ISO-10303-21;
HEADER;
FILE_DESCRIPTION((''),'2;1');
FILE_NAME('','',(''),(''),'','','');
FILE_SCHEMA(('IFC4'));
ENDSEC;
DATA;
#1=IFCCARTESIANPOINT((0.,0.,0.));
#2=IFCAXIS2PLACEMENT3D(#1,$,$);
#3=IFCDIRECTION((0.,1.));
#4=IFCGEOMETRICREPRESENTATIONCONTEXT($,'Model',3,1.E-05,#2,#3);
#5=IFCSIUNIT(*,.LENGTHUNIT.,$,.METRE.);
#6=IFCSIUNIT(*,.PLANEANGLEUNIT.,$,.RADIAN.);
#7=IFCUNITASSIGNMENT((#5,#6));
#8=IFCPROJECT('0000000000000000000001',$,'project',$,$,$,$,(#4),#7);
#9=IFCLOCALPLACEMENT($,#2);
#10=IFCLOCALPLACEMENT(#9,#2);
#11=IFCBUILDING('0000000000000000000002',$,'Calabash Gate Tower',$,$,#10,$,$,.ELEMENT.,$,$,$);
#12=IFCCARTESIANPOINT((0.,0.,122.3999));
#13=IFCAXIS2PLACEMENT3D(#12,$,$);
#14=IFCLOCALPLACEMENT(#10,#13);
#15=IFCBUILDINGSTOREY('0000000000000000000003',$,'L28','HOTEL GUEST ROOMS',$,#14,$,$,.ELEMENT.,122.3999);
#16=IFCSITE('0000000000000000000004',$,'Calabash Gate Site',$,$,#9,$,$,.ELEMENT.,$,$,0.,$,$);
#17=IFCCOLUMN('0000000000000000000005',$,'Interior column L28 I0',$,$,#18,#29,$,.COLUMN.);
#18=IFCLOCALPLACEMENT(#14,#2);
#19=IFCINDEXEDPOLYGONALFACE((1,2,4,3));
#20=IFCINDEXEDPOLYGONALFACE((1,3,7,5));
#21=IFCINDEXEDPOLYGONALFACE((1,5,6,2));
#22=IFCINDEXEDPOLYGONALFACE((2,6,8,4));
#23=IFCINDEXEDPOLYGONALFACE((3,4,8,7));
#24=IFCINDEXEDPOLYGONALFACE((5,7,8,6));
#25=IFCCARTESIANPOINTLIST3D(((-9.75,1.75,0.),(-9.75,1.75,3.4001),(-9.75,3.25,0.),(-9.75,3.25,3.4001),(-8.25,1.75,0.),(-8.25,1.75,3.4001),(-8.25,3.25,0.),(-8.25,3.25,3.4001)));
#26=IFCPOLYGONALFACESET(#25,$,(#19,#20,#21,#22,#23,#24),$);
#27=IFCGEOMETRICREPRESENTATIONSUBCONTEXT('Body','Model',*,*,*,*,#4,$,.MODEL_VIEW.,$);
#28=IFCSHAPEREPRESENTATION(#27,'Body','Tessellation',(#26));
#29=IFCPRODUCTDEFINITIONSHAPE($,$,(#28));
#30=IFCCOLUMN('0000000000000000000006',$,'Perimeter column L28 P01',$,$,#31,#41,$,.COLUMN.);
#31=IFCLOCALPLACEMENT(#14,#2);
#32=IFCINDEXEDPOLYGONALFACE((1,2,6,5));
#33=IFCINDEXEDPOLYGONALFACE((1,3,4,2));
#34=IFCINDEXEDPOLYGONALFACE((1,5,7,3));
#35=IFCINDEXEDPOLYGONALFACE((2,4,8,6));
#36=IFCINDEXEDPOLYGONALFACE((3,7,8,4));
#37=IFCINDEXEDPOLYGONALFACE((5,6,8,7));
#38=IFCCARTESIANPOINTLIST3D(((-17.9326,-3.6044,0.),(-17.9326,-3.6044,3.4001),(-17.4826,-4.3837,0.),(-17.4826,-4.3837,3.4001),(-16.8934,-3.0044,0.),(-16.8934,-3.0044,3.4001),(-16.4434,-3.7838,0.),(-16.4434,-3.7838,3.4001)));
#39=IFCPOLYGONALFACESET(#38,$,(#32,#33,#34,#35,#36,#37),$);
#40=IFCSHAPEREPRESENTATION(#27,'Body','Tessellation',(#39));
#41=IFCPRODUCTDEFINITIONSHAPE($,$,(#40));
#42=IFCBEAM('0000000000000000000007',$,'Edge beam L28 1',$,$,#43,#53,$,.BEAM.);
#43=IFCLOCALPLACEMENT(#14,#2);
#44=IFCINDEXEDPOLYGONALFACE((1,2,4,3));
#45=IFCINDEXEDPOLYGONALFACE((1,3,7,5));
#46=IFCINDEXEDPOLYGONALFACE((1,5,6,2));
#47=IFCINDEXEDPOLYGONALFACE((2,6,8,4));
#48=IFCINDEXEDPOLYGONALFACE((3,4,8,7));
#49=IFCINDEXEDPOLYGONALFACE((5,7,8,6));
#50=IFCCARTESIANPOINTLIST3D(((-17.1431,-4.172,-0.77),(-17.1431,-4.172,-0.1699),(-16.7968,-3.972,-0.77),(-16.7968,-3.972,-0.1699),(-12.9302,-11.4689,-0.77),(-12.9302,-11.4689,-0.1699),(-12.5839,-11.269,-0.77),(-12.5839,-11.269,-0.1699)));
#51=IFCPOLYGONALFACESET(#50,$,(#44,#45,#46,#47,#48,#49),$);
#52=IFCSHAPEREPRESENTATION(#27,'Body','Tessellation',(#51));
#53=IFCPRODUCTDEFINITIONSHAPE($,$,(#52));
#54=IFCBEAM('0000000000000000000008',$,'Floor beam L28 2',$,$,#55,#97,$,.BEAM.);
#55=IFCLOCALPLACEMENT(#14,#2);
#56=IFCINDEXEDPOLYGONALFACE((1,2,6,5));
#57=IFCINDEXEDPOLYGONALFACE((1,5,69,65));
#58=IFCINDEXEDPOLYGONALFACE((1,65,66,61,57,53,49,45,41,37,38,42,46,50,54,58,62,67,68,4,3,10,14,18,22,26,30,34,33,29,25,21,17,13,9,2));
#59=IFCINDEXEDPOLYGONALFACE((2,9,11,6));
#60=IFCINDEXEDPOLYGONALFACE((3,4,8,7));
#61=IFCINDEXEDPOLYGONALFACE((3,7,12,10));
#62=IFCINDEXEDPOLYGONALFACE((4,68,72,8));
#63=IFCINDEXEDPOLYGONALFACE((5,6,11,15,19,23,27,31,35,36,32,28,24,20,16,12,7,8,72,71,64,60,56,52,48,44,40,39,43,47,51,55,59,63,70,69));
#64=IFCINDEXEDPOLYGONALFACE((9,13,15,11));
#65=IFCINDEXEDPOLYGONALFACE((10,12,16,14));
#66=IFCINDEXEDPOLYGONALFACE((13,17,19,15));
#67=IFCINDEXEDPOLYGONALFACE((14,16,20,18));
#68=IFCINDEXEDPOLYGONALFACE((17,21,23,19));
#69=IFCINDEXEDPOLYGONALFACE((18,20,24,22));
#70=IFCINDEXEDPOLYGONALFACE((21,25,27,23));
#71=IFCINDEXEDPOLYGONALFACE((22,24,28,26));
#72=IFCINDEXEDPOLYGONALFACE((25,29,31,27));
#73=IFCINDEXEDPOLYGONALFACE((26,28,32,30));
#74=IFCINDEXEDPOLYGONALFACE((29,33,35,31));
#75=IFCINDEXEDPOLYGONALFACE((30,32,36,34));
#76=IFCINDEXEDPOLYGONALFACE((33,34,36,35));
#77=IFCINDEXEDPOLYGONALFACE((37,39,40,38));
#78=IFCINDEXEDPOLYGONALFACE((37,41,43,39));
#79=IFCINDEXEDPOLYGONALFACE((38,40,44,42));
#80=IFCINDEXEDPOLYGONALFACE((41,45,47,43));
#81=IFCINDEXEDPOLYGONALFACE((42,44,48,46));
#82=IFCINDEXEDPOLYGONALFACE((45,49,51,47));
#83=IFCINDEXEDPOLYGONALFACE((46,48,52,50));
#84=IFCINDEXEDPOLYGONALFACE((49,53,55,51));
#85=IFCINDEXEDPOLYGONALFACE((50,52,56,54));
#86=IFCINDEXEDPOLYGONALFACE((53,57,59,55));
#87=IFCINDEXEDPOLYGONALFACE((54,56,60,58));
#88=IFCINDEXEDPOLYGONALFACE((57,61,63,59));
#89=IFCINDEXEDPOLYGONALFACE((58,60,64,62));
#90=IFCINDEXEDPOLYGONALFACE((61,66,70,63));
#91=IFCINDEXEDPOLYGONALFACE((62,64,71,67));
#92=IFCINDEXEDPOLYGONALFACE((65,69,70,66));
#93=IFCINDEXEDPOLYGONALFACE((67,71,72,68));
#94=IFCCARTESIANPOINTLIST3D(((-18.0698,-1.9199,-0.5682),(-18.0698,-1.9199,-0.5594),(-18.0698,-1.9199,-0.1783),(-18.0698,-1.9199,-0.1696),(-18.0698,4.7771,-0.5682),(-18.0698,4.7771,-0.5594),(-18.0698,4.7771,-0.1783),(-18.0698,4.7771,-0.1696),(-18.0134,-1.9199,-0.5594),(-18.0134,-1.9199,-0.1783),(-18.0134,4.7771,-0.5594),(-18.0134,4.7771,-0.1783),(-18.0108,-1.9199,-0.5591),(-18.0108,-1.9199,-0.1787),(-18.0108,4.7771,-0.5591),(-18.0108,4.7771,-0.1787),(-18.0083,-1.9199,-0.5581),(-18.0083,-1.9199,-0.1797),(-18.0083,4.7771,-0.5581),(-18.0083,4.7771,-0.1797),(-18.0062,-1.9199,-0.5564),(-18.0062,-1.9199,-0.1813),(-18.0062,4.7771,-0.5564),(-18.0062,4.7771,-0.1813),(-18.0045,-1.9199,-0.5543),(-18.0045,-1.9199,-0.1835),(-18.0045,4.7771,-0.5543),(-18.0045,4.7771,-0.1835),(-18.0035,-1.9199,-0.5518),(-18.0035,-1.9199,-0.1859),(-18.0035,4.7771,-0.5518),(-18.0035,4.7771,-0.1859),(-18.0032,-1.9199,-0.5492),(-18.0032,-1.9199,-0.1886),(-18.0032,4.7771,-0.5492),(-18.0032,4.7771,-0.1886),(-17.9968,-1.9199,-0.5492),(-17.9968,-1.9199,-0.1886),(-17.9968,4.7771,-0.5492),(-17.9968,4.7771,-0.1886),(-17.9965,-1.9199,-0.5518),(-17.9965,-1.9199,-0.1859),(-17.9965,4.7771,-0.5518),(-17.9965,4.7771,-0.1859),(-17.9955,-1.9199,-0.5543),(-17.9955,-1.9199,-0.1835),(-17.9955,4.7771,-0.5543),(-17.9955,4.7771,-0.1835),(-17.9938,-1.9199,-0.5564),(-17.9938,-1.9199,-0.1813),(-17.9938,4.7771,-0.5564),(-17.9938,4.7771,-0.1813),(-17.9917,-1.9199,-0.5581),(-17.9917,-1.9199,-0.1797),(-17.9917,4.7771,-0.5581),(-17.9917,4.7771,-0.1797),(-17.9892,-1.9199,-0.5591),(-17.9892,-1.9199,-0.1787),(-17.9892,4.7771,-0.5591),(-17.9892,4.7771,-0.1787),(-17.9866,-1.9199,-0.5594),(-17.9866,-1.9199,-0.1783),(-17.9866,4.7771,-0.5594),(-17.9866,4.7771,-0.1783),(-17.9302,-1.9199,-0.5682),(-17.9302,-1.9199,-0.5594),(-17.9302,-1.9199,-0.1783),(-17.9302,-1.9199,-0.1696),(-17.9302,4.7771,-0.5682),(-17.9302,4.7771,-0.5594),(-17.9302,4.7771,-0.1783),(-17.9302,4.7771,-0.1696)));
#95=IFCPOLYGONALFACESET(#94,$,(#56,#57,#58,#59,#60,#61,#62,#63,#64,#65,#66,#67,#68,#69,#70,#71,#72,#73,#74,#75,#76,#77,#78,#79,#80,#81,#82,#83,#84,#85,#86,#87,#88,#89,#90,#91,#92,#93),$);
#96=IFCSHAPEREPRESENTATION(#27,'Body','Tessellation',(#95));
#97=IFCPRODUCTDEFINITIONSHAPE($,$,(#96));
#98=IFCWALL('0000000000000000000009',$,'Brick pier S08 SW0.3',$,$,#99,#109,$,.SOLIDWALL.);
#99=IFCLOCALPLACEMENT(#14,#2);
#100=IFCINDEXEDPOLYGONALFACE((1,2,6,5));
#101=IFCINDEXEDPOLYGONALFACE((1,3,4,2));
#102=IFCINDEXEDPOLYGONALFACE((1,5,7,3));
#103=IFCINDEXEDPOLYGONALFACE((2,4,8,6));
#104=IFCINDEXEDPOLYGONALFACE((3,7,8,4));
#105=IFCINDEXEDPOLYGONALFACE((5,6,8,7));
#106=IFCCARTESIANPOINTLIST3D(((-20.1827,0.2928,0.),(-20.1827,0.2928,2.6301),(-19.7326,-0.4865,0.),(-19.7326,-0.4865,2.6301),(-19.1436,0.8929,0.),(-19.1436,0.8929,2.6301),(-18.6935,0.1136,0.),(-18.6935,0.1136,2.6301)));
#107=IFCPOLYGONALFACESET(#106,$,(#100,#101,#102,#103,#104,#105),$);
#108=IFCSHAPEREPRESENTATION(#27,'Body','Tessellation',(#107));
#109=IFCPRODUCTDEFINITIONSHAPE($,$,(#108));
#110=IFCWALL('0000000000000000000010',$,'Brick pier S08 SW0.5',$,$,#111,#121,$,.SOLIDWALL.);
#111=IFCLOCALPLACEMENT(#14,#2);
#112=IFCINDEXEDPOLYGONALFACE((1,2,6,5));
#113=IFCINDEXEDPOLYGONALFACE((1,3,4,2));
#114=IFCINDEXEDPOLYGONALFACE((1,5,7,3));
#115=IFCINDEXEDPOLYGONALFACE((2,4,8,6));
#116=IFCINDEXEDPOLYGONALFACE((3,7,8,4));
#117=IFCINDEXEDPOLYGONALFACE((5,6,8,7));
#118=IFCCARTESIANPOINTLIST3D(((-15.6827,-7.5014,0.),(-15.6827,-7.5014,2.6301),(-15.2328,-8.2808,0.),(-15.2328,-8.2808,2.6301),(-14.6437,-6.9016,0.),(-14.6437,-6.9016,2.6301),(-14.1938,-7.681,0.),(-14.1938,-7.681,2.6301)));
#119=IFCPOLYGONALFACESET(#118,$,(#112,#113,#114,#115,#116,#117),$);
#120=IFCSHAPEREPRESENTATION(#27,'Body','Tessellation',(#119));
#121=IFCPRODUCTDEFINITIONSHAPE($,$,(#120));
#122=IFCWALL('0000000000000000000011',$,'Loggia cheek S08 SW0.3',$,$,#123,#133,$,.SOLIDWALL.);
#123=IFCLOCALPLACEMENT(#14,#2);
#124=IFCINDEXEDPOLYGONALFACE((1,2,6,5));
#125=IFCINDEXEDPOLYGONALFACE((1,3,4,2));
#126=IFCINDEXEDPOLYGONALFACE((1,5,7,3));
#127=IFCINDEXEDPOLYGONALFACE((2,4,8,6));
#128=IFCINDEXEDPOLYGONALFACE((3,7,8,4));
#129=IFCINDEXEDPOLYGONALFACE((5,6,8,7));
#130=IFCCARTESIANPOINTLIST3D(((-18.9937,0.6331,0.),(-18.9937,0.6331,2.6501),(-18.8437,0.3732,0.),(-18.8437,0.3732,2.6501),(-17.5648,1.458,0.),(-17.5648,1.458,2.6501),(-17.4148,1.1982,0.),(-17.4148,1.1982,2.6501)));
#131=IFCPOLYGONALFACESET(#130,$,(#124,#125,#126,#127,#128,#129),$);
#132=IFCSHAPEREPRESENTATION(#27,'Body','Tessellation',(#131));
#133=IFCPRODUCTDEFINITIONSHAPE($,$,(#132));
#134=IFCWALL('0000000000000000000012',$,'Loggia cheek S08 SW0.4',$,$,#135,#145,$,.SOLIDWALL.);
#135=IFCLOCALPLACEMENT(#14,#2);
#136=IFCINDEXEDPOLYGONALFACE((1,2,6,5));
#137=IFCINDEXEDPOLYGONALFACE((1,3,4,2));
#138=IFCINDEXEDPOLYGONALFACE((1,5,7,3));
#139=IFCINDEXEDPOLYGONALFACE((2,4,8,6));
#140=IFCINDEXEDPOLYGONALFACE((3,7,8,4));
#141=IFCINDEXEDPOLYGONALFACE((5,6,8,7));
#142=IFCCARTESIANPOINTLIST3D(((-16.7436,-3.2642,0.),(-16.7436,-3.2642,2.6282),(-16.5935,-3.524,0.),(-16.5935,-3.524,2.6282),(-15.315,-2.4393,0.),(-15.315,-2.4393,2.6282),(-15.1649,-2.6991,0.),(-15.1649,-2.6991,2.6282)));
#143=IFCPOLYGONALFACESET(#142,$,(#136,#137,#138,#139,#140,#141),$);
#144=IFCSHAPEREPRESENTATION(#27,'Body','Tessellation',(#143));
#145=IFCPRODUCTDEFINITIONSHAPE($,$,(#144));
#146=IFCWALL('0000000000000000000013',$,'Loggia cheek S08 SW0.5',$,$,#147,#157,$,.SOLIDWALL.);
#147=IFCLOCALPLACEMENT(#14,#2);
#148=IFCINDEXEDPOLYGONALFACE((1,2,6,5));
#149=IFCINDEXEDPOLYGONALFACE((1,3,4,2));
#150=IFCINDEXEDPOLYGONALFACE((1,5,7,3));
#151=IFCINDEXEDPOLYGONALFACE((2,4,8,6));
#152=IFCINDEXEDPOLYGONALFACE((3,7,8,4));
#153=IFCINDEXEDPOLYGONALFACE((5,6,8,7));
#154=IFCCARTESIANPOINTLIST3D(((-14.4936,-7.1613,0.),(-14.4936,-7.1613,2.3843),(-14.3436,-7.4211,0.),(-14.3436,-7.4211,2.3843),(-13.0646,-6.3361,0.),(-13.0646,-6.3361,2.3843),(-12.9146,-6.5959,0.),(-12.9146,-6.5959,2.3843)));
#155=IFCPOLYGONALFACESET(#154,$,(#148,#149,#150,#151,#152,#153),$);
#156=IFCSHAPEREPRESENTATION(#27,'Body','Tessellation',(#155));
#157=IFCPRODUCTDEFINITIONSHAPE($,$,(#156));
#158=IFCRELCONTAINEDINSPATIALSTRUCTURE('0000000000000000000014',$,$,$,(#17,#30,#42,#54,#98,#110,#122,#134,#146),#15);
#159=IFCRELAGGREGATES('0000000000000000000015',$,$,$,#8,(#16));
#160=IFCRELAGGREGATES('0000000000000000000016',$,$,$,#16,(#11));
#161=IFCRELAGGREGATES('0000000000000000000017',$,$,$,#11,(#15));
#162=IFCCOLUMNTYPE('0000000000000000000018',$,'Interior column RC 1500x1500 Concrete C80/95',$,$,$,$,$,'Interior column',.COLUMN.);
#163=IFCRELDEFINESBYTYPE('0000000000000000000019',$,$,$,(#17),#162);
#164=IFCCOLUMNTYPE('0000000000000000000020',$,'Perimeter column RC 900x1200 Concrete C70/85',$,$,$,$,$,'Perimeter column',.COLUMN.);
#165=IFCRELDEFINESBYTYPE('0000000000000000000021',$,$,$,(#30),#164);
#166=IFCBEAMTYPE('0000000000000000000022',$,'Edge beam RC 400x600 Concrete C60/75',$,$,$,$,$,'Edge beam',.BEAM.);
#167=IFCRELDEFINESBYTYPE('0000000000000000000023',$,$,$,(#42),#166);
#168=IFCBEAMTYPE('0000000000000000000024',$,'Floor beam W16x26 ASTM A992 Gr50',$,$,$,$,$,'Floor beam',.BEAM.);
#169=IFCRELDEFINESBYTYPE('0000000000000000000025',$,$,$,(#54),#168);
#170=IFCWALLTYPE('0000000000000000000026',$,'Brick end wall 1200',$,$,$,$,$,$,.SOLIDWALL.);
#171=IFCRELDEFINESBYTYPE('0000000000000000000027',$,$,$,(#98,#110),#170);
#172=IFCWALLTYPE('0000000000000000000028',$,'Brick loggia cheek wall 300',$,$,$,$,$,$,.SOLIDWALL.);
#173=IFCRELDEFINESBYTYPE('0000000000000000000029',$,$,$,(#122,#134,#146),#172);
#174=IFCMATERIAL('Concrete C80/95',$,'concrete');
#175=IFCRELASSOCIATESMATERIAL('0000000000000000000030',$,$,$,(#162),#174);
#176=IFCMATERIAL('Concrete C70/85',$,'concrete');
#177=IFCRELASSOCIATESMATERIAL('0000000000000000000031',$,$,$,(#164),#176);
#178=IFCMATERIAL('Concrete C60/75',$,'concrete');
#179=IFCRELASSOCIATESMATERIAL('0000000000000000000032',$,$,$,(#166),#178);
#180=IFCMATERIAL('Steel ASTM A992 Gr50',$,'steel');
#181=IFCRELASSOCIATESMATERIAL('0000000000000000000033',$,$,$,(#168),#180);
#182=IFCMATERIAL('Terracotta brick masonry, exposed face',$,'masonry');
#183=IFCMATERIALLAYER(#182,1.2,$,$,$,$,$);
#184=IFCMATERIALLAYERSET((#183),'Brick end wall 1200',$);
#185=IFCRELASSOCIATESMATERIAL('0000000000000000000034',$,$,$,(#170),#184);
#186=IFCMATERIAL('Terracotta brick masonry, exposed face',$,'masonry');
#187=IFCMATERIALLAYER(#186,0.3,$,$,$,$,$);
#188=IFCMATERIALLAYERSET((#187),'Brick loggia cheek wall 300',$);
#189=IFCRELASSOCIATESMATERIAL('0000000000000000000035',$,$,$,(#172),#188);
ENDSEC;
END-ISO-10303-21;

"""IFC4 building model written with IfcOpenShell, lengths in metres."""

from ifc_helpers import new_model, si_unit, direction, frame, frame_2d, origin, origin_2d, place, context, subcontext, project, spatial, rectangle, i_section, extrude, material, layer, layer_set, material_profile, profile_set, type_object, element, save


model = new_model("IFC4")

# Units and contexts
model_context = context("Model", 3, precision=1e-05, world=origin(), true_north=direction((0.0, 1.0)))
body_context = subcontext(model_context, "Body", "Model", "MODEL_VIEW")
ifc_project = project(units=[si_unit("LENGTHUNIT", "METRE"), si_unit("PLANEANGLEUNIT", "RADIAN")], contexts=[model_context])

# Site, building, storey
site_placement = place(None, origin())
site = spatial("IfcSite", under=ifc_project, at=site_placement, Name="Calabash Gate Site", CompositionType="ELEMENT", RefElevation=0.0)
building_placement = place(site_placement, origin())
building = spatial("IfcBuilding", under=site, at=building_placement, Name="Calabash Gate Tower", CompositionType="ELEMENT")
storey_placement = place(building_placement, frame((0.0, 0.0, 122.3999)))
storey = spatial("IfcBuildingStorey", under=building, at=storey_placement, Name="L28", Description="HOTEL GUEST ROOMS", CompositionType="ELEMENT", Elevation=122.3999)

# Columns
ifc_material_1 = material(Name="Concrete C80/95", Category="concrete")
ifc_material_profile_1 = material_profile(ifc_material_1, rectangle(XDim=1.5, YDim=1.5, at=origin_2d()))
ifc_profile_set_1 = profile_set([ifc_material_profile_1], Name="Concrete C80/95")
column_type_1 = type_object("IfcColumnType", Name="Interior column RC 1500x1500 Concrete C80/95", ElementType="Interior column", PredefinedType="COLUMN", material=ifc_profile_set_1)
column_1_placement = place(storey_placement, frame((-9.0, 2.5, 0.0), z_axis=(0.0, 0.0, 1.0), x_axis=(1.0, 0.0, 0.0)))
element("IfcColumn", 1, at=column_1_placement, inside=storey, type_object=column_type_1, Name="Interior column L28 I0", PredefinedType="COLUMN", context=body_context, shape_type="SweptSolid", body=[
    extrude(rectangle(XDim=1.5, YDim=1.5, at=origin_2d()), origin(), (0.0, 0.0, 1.0), 3.4001),
])
ifc_material_2 = material(Name="Concrete C70/85", Category="concrete")
ifc_material_profile_2 = material_profile(ifc_material_2, rectangle(XDim=0.8999, YDim=1.2, at=origin_2d()))
ifc_profile_set_2 = profile_set([ifc_material_profile_2], Name="Concrete C70/85")
column_type_2 = type_object("IfcColumnType", Name="Perimeter column RC 900x1200 Concrete C70/85", ElementType="Perimeter column", PredefinedType="COLUMN", material=ifc_profile_set_2)
column_2_placement = place(storey_placement, frame((-17.188, -3.6941, 0.0), z_axis=(0.0, 0.0, 1.0), x_axis=(0.5, -0.866025, 0.0)))
element("IfcColumn", 2, at=column_2_placement, inside=storey, type_object=column_type_2, Name="Perimeter column L28 P01", PredefinedType="COLUMN", context=body_context, shape_type="SweptSolid", body=[
    extrude(rectangle(XDim=0.8999, YDim=1.2, at=origin_2d()), origin(), (0.0, 0.0, 1.0), 3.4001),
])

# Beams
ifc_material_3 = material(Name="Concrete C60/75", Category="concrete")
ifc_material_profile_3 = material_profile(ifc_material_3, rectangle(XDim=0.3999, YDim=0.6001, at=origin_2d()))
ifc_profile_set_3 = profile_set([ifc_material_profile_3], Name="Concrete C60/75")
beam_type_1 = type_object("IfcBeamType", Name="Edge beam RC 400x600 Concrete C60/75", ElementType="Edge beam", PredefinedType="BEAM", material=ifc_profile_set_3)
beam_1_placement = place(storey_placement, frame((-16.97, -4.072, -0.47), z_axis=(0.500003, -0.866023, 0.0), x_axis=(0.866023, 0.500003, 0.0)))
element("IfcBeam", 3, at=beam_1_placement, inside=storey, type_object=beam_type_1, Name="Edge beam L28 1", PredefinedType="BEAM", context=body_context, shape_type="SweptSolid", body=[
    extrude(rectangle(XDim=0.3999, YDim=0.6001, at=origin_2d()), origin(), (0.0, 0.0, 1.0), 8.4258),
])
ifc_material_4 = material(Name="Steel ASTM A992 Gr50", Category="steel")
ifc_material_profile_4 = material_profile(ifc_material_4, i_section(OverallWidth=0.1396, OverallDepth=0.3987, WebThickness=0.0063, FlangeThickness=0.0088, FilletRadius=0.0103, at=origin_2d()))
ifc_profile_set_4 = profile_set([ifc_material_profile_4], Name="Steel ASTM A992 Gr50")
beam_type_2 = type_object("IfcBeamType", Name="Floor beam W16x26 ASTM A992 Gr50", ElementType="Floor beam", PredefinedType="BEAM", material=ifc_profile_set_4)
beam_2_placement = place(storey_placement, frame((-18.0, -1.9199, -0.3689), z_axis=(0.0, 1.0, 0.0), x_axis=(-1.0, 0.0, 0.0)))
element("IfcBeam", 4, at=beam_2_placement, inside=storey, type_object=beam_type_2, Name="Floor beam L28 2", PredefinedType="BEAM", context=body_context, shape_type="SweptSolid", body=[
    extrude(i_section(OverallWidth=0.1396, OverallDepth=0.3987, WebThickness=0.0063, FlangeThickness=0.0088, FilletRadius=0.0103, at=origin_2d()), origin(), (0.0, 0.0, 1.0), 6.697),
])

# Walls
ifc_material_5 = material(Name="Terracotta brick masonry, exposed face", Category="masonry")
ifc_layer_1 = layer(ifc_material_5, 1.2)
ifc_layer_set_1 = layer_set([ifc_layer_1], Name="Brick end wall 1200")
wall_type_1 = type_object("IfcWallType", Name="Brick end wall 1200", PredefinedType="SOLIDWALL", material=ifc_layer_set_1)
wall_1_placement = place(storey_placement, frame((-19.9578, -0.0969, 0.0), z_axis=(0.0, 0.0, 1.0), x_axis=(0.865955, 0.500122, 0.0)))
element("IfcWall", 5, at=wall_1_placement, inside=storey, type_object=wall_type_1, Name="Brick pier S08 SW0.3", PredefinedType="SOLIDWALL", context=body_context, shape_type="SweptSolid", body=[
    extrude(rectangle(XDim=1.2, YDim=0.8999, at=frame_2d((0.6001, 0.0))), origin(), (0.0, 0.0, 1.0), 2.6301),
])
wall_2_placement = place(storey_placement, frame((-15.4578, -7.8911, 0.0), z_axis=(0.0, 0.0, 1.0), x_axis=(0.866043, 0.499969, 0.0)))
element("IfcWall", 6, at=wall_2_placement, inside=storey, type_object=wall_type_1, Name="Brick pier S08 SW0.5", PredefinedType="SOLIDWALL", context=body_context, shape_type="SweptSolid", body=[
    extrude(rectangle(XDim=1.1997, YDim=0.8999, at=frame_2d((0.5999, 0.0))), origin(), (0.0, 0.0, 1.0), 2.6301),
])
ifc_material_6 = material(Name="Terracotta brick masonry, exposed face", Category="masonry")
ifc_layer_2 = layer(ifc_material_6, 0.3)
ifc_layer_set_2 = layer_set([ifc_layer_2], Name="Brick loggia cheek wall 300")
wall_type_2 = type_object("IfcWallType", Name="Brick loggia cheek wall 300", PredefinedType="SOLIDWALL", material=ifc_layer_set_2)
wall_3_placement = place(storey_placement, frame((-18.9187, 0.5032, 0.0), z_axis=(0.0, 0.0, 1.0), x_axis=(0.86604, 0.499974, 0.0)))
element("IfcWall", 7, at=wall_3_placement, inside=storey, type_object=wall_type_2, Name="Loggia cheek S08 SW0.3", PredefinedType="SOLIDWALL", context=body_context, shape_type="SweptSolid", body=[
    extrude(rectangle(XDim=1.6499, YDim=0.3, at=frame_2d((0.825, 0.0))), origin(), (0.0, 0.0, 1.0), 2.6501),
])
wall_4_placement = place(storey_placement, frame((-16.6685, -3.394, 0.0), z_axis=(0.0, 0.0, 1.0), x_axis=(0.866003, 0.500038, 0.0)))
element("IfcWall", 8, at=wall_4_placement, inside=storey, type_object=wall_type_2, Name="Loggia cheek S08 SW0.4", PredefinedType="SOLIDWALL", context=body_context, shape_type="SweptSolid", body=[
    extrude(rectangle(XDim=1.6497, YDim=0.3, at=frame_2d((0.8247, 0.0))), origin(), (0.0, 0.0, 1.0), 2.6282),
])
wall_5_placement = place(storey_placement, frame((-14.4187, -7.2913, 0.0), z_axis=(0.0, 0.0, 1.0), x_axis=(0.865976, 0.500085, 0.0)))
element("IfcWall", 9, at=wall_5_placement, inside=storey, type_object=wall_type_2, Name="Loggia cheek S08 SW0.5", PredefinedType="SOLIDWALL", context=body_context, shape_type="SweptSolid", body=[
    extrude(rectangle(XDim=1.6501, YDim=0.3, at=frame_2d((0.8252, 0.0))), origin(), (0.0, 0.0, 1.0), 2.3843),
])

save(model, "model.ifc")
